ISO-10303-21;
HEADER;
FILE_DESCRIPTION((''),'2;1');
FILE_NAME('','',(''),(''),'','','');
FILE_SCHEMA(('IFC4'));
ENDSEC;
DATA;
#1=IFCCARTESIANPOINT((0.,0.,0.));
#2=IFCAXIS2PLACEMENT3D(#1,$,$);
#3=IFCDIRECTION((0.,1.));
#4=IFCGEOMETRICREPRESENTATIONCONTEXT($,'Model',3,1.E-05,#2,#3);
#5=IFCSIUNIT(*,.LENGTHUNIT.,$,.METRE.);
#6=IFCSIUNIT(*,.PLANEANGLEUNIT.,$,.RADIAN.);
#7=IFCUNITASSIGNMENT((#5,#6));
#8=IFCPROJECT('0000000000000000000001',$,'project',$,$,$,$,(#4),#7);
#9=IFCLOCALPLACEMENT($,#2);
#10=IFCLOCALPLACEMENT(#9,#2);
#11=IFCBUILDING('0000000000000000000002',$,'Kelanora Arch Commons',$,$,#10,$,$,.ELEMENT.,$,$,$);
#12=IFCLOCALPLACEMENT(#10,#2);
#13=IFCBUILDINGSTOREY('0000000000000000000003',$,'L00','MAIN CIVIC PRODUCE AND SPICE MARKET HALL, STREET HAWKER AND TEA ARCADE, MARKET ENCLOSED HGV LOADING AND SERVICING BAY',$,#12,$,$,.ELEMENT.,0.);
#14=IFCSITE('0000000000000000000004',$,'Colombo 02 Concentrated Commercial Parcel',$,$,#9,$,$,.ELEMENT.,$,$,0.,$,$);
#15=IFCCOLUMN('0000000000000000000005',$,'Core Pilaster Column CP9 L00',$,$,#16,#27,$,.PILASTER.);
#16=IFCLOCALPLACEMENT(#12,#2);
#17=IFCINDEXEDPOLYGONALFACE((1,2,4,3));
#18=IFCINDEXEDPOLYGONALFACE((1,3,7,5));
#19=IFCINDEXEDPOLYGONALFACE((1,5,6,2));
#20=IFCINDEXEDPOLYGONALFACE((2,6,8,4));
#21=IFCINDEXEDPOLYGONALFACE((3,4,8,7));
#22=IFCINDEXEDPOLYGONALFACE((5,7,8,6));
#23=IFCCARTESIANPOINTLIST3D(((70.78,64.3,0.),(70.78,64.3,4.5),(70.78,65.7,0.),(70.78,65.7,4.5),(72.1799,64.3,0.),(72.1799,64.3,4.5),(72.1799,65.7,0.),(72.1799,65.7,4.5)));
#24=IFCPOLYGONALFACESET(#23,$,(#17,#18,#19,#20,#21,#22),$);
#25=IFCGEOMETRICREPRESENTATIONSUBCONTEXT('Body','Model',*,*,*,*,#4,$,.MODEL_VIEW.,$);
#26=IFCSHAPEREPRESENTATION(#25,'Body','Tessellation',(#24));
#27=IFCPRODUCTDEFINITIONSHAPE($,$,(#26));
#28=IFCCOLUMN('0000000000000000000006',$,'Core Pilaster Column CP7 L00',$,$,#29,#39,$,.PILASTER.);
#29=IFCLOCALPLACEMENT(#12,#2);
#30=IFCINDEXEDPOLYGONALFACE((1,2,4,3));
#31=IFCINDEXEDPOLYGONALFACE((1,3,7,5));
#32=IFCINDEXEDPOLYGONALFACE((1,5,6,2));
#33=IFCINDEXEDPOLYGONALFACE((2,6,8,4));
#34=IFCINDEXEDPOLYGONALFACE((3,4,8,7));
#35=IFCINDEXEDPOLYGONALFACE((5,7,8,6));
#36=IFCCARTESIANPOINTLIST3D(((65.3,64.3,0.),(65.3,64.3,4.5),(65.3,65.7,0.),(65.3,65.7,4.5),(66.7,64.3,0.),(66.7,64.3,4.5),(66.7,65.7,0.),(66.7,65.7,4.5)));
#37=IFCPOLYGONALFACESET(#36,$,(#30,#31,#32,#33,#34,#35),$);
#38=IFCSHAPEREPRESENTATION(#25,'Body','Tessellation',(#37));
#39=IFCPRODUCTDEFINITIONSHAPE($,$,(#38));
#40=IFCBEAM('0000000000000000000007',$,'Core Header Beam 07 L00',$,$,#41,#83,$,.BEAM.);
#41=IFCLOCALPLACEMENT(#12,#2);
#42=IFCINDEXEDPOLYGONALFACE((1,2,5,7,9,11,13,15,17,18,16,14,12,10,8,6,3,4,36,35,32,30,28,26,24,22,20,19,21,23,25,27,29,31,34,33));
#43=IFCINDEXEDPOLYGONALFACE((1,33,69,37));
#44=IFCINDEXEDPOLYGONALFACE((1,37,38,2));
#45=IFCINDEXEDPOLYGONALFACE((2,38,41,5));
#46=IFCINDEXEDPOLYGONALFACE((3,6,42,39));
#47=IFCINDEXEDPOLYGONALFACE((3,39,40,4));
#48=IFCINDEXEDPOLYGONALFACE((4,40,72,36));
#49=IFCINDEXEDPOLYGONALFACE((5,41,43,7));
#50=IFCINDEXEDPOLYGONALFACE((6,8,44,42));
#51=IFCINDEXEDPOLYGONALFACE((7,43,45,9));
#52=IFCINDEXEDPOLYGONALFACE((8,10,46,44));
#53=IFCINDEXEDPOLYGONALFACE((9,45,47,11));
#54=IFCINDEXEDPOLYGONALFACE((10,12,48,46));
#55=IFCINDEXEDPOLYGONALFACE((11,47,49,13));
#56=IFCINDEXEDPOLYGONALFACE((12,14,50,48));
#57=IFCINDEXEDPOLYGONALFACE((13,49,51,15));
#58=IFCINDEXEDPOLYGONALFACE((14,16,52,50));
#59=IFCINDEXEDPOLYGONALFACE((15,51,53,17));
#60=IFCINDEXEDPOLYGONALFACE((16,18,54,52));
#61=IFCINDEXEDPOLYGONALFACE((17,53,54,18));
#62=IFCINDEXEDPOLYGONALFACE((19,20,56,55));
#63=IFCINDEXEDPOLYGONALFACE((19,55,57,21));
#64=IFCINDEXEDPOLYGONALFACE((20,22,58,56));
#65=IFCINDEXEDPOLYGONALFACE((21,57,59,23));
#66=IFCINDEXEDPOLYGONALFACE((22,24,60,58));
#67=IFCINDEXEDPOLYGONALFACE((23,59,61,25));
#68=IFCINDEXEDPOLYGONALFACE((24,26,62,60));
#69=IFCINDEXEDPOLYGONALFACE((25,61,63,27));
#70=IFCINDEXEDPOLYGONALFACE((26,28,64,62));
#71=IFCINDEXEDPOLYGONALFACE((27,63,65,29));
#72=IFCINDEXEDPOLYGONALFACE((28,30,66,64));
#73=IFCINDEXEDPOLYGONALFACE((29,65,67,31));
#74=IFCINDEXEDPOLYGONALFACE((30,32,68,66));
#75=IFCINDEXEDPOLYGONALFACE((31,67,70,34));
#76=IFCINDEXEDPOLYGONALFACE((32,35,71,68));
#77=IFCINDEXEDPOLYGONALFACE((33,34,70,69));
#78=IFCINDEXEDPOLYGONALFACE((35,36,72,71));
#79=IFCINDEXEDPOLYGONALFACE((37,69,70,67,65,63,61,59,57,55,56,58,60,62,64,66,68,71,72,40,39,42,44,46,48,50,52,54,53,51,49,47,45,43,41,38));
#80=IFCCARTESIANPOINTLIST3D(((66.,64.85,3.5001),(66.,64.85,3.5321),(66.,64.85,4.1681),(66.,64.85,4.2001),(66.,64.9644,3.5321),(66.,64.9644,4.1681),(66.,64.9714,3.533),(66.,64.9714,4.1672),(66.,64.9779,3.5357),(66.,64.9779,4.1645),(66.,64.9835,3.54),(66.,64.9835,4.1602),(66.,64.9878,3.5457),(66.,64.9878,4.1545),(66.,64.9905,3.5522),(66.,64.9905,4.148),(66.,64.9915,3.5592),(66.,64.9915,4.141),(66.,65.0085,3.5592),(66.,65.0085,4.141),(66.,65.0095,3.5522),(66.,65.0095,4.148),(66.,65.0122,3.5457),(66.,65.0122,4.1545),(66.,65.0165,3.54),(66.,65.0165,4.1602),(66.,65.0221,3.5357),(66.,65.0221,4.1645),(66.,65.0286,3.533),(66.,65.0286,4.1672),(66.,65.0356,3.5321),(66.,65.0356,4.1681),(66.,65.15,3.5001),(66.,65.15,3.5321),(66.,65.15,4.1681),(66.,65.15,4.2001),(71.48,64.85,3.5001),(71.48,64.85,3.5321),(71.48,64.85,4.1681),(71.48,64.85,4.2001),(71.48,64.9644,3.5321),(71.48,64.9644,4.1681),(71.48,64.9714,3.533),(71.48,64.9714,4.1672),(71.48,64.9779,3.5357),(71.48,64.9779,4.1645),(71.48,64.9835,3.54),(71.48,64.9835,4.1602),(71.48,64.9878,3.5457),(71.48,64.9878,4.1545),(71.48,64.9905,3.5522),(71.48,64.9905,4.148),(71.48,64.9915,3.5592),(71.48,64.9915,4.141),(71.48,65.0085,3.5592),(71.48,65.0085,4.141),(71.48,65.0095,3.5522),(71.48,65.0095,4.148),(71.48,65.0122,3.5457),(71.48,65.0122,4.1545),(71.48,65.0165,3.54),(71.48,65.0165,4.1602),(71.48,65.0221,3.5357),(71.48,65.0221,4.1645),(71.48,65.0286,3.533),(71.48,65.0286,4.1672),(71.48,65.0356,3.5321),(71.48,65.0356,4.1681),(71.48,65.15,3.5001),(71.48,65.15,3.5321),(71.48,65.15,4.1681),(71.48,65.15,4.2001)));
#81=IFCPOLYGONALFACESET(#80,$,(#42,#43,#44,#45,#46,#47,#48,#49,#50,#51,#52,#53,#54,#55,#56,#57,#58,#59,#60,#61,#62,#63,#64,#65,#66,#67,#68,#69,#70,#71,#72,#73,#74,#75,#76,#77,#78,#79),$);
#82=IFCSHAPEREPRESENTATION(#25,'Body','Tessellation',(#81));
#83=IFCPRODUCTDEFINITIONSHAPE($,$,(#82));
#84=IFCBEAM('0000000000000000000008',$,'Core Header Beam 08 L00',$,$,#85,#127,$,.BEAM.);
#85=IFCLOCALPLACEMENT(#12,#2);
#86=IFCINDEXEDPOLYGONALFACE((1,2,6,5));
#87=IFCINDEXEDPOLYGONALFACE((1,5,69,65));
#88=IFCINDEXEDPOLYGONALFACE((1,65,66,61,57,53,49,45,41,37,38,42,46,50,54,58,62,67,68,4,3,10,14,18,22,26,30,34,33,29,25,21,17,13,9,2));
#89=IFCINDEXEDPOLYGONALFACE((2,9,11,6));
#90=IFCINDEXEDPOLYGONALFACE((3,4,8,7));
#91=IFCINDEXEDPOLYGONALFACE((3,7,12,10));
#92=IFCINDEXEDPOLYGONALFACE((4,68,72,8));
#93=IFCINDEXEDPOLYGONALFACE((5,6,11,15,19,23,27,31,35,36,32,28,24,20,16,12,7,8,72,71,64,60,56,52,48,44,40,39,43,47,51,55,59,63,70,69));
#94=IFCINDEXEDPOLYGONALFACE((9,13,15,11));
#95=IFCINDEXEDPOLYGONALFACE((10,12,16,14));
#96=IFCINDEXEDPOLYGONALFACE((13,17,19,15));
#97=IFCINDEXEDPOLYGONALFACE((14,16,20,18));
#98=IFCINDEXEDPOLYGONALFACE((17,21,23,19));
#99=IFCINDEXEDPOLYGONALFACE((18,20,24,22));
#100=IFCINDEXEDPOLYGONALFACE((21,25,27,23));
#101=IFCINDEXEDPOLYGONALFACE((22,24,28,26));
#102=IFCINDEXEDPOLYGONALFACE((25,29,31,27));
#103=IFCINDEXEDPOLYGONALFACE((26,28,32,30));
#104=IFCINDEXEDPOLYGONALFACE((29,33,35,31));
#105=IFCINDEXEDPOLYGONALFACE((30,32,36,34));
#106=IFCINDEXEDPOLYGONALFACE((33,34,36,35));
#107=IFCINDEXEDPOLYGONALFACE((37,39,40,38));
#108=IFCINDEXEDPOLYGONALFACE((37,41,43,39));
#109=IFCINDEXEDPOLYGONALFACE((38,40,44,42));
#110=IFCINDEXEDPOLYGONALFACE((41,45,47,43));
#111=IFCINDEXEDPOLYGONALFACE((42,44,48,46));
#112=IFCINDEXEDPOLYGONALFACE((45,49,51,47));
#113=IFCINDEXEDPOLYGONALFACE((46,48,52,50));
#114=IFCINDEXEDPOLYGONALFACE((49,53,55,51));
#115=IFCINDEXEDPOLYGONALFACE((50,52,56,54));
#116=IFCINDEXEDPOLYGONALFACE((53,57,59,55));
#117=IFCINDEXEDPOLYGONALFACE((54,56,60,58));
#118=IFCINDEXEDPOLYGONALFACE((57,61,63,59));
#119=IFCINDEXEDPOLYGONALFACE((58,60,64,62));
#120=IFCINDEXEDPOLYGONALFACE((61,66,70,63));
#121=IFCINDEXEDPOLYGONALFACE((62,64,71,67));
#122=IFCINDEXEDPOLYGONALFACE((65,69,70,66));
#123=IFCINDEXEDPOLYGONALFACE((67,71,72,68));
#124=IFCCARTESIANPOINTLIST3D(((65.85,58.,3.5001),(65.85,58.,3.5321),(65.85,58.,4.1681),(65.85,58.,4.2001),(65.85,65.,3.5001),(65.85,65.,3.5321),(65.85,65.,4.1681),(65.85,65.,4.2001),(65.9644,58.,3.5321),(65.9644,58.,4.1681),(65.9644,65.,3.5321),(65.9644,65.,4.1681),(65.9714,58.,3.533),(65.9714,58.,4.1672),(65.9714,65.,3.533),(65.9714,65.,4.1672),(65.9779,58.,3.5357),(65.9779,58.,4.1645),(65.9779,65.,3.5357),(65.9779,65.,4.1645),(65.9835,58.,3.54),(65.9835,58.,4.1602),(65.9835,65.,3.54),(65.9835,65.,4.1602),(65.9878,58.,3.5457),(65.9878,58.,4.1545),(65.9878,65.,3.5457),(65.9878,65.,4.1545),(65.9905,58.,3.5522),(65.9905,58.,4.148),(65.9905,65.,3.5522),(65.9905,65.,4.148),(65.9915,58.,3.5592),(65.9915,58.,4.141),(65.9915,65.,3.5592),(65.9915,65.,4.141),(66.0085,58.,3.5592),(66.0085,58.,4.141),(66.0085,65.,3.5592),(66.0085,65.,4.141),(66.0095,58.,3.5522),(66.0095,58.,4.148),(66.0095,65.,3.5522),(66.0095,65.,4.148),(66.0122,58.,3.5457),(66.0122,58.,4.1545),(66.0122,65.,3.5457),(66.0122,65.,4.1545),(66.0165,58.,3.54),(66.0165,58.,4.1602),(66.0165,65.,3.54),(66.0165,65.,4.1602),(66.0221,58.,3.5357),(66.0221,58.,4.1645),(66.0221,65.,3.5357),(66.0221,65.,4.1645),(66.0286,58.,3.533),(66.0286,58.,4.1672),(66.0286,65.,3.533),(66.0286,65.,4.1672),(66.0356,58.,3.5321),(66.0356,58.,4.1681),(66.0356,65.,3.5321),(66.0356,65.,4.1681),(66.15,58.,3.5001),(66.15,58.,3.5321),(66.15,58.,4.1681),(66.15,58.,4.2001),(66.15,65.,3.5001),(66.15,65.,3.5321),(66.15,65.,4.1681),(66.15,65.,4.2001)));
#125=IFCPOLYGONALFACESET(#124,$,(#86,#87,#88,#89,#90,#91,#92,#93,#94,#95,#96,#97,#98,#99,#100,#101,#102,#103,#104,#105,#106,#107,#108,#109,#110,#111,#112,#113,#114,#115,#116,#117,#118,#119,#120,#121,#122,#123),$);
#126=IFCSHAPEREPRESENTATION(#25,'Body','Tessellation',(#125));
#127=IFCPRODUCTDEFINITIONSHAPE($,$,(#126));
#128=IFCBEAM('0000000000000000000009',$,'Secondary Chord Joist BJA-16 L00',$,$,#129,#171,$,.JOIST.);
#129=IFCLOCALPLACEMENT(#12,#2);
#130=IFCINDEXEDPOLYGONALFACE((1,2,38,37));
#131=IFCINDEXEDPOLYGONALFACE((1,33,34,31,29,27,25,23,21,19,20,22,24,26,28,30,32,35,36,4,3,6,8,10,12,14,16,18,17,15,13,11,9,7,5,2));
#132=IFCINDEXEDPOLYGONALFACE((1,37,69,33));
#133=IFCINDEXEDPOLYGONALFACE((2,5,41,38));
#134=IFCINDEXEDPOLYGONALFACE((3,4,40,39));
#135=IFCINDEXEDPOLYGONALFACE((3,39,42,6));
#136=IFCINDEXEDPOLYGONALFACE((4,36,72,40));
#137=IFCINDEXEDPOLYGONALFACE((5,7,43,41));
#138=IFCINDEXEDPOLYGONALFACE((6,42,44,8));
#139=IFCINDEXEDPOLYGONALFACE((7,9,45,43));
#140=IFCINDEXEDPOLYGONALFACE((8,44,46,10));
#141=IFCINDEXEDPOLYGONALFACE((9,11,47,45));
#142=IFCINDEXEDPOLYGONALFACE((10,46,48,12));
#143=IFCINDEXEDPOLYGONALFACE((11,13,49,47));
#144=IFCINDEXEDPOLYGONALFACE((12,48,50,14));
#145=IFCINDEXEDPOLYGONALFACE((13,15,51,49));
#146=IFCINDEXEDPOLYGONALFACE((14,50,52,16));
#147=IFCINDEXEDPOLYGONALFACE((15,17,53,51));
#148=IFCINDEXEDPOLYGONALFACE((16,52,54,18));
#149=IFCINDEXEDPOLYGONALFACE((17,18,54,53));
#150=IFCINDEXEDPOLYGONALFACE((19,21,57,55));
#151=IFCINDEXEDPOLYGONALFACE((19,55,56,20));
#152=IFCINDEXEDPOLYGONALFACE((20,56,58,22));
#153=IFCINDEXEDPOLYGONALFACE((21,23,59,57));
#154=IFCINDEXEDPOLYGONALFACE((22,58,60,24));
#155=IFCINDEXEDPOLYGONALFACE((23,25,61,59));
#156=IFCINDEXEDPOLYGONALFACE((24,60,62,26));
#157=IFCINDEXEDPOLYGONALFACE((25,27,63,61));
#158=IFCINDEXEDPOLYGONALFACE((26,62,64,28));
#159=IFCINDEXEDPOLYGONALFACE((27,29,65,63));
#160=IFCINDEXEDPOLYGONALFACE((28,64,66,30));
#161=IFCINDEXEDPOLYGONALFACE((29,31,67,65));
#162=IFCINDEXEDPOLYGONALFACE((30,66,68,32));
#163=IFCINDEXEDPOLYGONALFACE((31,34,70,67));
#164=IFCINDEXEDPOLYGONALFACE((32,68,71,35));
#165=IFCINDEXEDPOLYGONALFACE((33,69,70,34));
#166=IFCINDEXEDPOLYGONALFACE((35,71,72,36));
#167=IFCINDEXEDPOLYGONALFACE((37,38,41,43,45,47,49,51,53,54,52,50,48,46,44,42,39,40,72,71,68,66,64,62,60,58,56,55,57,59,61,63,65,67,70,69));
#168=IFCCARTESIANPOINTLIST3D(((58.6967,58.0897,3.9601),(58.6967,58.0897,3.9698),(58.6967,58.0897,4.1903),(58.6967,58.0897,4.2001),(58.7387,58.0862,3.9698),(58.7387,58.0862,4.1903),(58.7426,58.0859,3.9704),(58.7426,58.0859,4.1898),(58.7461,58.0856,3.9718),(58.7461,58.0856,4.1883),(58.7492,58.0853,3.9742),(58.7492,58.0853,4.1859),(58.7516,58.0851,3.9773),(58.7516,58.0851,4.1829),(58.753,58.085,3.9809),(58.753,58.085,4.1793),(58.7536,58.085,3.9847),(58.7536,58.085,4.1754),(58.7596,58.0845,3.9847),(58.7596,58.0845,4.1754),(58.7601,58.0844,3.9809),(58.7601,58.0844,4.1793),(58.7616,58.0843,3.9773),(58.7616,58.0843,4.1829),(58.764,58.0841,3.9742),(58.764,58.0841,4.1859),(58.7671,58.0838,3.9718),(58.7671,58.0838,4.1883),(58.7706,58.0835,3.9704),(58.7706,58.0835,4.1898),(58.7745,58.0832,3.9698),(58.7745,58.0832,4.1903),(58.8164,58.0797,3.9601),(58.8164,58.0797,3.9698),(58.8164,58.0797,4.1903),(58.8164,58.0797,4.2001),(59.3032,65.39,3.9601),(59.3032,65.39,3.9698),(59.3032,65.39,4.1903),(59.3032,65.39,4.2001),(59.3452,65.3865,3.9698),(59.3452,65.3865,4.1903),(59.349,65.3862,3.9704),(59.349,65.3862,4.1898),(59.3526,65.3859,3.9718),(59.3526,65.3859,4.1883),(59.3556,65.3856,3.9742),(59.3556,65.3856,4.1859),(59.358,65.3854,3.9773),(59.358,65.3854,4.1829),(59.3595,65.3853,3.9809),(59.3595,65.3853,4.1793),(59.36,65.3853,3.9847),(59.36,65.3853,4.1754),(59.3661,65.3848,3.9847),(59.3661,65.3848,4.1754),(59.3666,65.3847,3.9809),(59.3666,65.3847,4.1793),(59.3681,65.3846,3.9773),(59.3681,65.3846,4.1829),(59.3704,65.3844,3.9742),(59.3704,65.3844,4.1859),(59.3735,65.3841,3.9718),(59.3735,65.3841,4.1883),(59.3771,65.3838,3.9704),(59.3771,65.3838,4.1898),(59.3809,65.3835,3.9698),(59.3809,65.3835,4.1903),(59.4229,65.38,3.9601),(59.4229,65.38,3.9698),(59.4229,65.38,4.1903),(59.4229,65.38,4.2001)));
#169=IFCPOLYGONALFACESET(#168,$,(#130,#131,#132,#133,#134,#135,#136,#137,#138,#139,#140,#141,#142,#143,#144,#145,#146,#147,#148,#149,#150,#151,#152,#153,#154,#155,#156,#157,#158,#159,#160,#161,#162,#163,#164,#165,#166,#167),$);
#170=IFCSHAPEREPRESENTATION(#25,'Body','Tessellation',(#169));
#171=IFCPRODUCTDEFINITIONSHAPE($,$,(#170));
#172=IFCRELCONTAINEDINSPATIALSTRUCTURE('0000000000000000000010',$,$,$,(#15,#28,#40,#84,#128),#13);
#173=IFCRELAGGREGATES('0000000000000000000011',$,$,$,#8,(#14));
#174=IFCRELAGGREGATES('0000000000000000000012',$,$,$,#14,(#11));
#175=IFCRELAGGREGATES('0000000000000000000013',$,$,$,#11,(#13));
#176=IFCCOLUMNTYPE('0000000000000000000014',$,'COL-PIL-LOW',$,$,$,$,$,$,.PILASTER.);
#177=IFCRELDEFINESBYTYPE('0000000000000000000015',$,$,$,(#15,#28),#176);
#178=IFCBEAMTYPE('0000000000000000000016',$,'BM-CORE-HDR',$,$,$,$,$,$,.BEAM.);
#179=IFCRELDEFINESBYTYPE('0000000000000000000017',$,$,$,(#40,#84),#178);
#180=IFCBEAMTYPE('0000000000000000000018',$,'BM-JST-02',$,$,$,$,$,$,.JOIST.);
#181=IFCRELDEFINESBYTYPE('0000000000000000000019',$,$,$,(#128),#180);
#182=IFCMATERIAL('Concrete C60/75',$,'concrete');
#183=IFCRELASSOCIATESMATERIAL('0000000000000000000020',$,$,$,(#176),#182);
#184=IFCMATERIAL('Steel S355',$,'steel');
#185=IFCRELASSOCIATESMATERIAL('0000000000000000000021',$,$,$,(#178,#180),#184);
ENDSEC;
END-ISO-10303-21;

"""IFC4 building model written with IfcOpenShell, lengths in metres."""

from ifc_helpers import new_model, si_unit, direction, frame, origin, origin_2d, place, context, subcontext, project, spatial, rectangle, i_section, extrude, material, material_profile, profile_set, type_object, element, save


model = new_model("IFC4")

# Units and contexts
model_context = context("Model", 3, precision=1e-05, world=origin(), true_north=direction((0.0, 1.0)))
body_context = subcontext(model_context, "Body", "Model", "MODEL_VIEW")
ifc_project = project(units=[si_unit("LENGTHUNIT", "METRE"), si_unit("PLANEANGLEUNIT", "RADIAN")], contexts=[model_context])

# Site, building, storey
site_placement = place(None, origin())
site = spatial("IfcSite", under=ifc_project, at=site_placement, Name="Colombo 02 Concentrated Commercial Parcel", CompositionType="ELEMENT", RefElevation=0.0)
building_placement = place(site_placement, origin())
building = spatial("IfcBuilding", under=site, at=building_placement, Name="Kelanora Arch Commons", CompositionType="ELEMENT")
storey_placement = place(building_placement, origin())
storey = spatial("IfcBuildingStorey", under=building, at=storey_placement, Name="L00", Description="MAIN CIVIC PRODUCE AND SPICE MARKET HALL, STREET HAWKER AND TEA ARCADE, MARKET ENCLOSED HGV LOADING AND SERVICING BAY", CompositionType="ELEMENT", Elevation=0.0)

# Columns
ifc_material_1 = material(Name="Concrete C60/75", Category="concrete")
ifc_material_profile_1 = material_profile(ifc_material_1, rectangle(XDim=1.3999, YDim=1.3999, at=origin_2d()), Name="RC1400x1400")
ifc_profile_set_1 = profile_set([ifc_material_profile_1], Name="Concrete C60/75")
column_type = type_object("IfcColumnType", Name="COL-PIL-LOW", PredefinedType="PILASTER", material=ifc_profile_set_1)
for number, where, z_axis, x_axis, name in (
    (1, (71.48, 65.0, 0.0), (0.0, 0.0, 1.0), (1.0, 0.0, 0.0), "Core Pilaster Column CP9 L00"),
    (2, (66.0, 65.0, 0.0), (0.0, 0.0, 1.0), (1.0, 0.0, 0.0), "Core Pilaster Column CP7 L00"),
):
    element("IfcColumn", number, at=place(storey_placement, frame(where, z_axis=z_axis, x_axis=x_axis)), inside=storey, type_object=column_type, Name=name, PredefinedType="PILASTER", context=body_context, shape_type="SweptSolid", body=[
        extrude(rectangle(XDim=1.3999, YDim=1.3999, at=origin_2d()), origin(), (0.0, 0.0, 1.0), 4.5),
    ])

# Beams
ifc_material_2 = material(Name="Steel S355", Category="steel")
ifc_material_profile_2 = material_profile(ifc_material_2, i_section(OverallWidth=0.3, OverallDepth=0.7, WebThickness=0.0171, FlangeThickness=0.032, FilletRadius=0.0271, at=origin_2d()), Name="HEB700")
ifc_profile_set_2 = profile_set([ifc_material_profile_2], Name="Steel S355")
beam_type_1 = type_object("IfcBeamType", Name="BM-CORE-HDR", PredefinedType="BEAM", material=ifc_profile_set_2)
beam_1_placement = place(storey_placement, frame((71.48, 65.0, 3.8501), z_axis=(-1.0, 0.0, 0.0), x_axis=(0.0, -1.0, 0.0)))
element("IfcBeam", 3, at=beam_1_placement, inside=storey, type_object=beam_type_1, Name="Core Header Beam 07 L00", PredefinedType="BEAM", context=body_context, shape_type="SweptSolid", body=[
    extrude(i_section(OverallWidth=0.3, OverallDepth=0.7, WebThickness=0.0171, FlangeThickness=0.032, FilletRadius=0.0271, at=origin_2d()), origin(), (0.0, 0.0, 1.0), 5.48),
])
beam_2_placement = place(storey_placement, frame((66.0, 65.0, 3.8501), z_axis=(0.0, -1.0, 0.0), x_axis=(1.0, 0.0, 0.0)))
element("IfcBeam", 4, at=beam_2_placement, inside=storey, type_object=beam_type_1, Name="Core Header Beam 08 L00", PredefinedType="BEAM", context=body_context, shape_type="SweptSolid", body=[
    extrude(i_section(OverallWidth=0.3, OverallDepth=0.7, WebThickness=0.0171, FlangeThickness=0.032, FilletRadius=0.0271, at=origin_2d()), origin(), (0.0, 0.0, 1.0), 7.0),
])
ifc_material_profile_3 = material_profile(ifc_material_2, i_section(OverallWidth=0.1201, OverallDepth=0.24, WebThickness=0.0061, FlangeThickness=0.0098, FilletRadius=0.0149, at=origin_2d()), Name="IPE240")
ifc_profile_set_3 = profile_set([ifc_material_profile_3], Name="Steel S355")
beam_type_2 = type_object("IfcBeamType", Name="BM-JST-02", PredefinedType="JOIST", material=ifc_profile_set_3)
beam_3_placement = place(storey_placement, frame((59.363, 65.385, 4.0801), z_axis=(-0.082786, -0.996567, 0.0), x_axis=(0.996567, -0.082786, 0.0)))
element("IfcBeam", 5, at=beam_3_placement, inside=storey, type_object=beam_type_2, Name="Secondary Chord Joist BJA-16 L00", PredefinedType="JOIST", context=body_context, shape_type="SweptSolid", body=[
    extrude(i_section(OverallWidth=0.1201, OverallDepth=0.24, WebThickness=0.0061, FlangeThickness=0.0098, FilletRadius=0.0149, at=origin_2d()), origin(), (0.0, 0.0, 1.0), 7.3254),
])

save(model, "model.ifc")
